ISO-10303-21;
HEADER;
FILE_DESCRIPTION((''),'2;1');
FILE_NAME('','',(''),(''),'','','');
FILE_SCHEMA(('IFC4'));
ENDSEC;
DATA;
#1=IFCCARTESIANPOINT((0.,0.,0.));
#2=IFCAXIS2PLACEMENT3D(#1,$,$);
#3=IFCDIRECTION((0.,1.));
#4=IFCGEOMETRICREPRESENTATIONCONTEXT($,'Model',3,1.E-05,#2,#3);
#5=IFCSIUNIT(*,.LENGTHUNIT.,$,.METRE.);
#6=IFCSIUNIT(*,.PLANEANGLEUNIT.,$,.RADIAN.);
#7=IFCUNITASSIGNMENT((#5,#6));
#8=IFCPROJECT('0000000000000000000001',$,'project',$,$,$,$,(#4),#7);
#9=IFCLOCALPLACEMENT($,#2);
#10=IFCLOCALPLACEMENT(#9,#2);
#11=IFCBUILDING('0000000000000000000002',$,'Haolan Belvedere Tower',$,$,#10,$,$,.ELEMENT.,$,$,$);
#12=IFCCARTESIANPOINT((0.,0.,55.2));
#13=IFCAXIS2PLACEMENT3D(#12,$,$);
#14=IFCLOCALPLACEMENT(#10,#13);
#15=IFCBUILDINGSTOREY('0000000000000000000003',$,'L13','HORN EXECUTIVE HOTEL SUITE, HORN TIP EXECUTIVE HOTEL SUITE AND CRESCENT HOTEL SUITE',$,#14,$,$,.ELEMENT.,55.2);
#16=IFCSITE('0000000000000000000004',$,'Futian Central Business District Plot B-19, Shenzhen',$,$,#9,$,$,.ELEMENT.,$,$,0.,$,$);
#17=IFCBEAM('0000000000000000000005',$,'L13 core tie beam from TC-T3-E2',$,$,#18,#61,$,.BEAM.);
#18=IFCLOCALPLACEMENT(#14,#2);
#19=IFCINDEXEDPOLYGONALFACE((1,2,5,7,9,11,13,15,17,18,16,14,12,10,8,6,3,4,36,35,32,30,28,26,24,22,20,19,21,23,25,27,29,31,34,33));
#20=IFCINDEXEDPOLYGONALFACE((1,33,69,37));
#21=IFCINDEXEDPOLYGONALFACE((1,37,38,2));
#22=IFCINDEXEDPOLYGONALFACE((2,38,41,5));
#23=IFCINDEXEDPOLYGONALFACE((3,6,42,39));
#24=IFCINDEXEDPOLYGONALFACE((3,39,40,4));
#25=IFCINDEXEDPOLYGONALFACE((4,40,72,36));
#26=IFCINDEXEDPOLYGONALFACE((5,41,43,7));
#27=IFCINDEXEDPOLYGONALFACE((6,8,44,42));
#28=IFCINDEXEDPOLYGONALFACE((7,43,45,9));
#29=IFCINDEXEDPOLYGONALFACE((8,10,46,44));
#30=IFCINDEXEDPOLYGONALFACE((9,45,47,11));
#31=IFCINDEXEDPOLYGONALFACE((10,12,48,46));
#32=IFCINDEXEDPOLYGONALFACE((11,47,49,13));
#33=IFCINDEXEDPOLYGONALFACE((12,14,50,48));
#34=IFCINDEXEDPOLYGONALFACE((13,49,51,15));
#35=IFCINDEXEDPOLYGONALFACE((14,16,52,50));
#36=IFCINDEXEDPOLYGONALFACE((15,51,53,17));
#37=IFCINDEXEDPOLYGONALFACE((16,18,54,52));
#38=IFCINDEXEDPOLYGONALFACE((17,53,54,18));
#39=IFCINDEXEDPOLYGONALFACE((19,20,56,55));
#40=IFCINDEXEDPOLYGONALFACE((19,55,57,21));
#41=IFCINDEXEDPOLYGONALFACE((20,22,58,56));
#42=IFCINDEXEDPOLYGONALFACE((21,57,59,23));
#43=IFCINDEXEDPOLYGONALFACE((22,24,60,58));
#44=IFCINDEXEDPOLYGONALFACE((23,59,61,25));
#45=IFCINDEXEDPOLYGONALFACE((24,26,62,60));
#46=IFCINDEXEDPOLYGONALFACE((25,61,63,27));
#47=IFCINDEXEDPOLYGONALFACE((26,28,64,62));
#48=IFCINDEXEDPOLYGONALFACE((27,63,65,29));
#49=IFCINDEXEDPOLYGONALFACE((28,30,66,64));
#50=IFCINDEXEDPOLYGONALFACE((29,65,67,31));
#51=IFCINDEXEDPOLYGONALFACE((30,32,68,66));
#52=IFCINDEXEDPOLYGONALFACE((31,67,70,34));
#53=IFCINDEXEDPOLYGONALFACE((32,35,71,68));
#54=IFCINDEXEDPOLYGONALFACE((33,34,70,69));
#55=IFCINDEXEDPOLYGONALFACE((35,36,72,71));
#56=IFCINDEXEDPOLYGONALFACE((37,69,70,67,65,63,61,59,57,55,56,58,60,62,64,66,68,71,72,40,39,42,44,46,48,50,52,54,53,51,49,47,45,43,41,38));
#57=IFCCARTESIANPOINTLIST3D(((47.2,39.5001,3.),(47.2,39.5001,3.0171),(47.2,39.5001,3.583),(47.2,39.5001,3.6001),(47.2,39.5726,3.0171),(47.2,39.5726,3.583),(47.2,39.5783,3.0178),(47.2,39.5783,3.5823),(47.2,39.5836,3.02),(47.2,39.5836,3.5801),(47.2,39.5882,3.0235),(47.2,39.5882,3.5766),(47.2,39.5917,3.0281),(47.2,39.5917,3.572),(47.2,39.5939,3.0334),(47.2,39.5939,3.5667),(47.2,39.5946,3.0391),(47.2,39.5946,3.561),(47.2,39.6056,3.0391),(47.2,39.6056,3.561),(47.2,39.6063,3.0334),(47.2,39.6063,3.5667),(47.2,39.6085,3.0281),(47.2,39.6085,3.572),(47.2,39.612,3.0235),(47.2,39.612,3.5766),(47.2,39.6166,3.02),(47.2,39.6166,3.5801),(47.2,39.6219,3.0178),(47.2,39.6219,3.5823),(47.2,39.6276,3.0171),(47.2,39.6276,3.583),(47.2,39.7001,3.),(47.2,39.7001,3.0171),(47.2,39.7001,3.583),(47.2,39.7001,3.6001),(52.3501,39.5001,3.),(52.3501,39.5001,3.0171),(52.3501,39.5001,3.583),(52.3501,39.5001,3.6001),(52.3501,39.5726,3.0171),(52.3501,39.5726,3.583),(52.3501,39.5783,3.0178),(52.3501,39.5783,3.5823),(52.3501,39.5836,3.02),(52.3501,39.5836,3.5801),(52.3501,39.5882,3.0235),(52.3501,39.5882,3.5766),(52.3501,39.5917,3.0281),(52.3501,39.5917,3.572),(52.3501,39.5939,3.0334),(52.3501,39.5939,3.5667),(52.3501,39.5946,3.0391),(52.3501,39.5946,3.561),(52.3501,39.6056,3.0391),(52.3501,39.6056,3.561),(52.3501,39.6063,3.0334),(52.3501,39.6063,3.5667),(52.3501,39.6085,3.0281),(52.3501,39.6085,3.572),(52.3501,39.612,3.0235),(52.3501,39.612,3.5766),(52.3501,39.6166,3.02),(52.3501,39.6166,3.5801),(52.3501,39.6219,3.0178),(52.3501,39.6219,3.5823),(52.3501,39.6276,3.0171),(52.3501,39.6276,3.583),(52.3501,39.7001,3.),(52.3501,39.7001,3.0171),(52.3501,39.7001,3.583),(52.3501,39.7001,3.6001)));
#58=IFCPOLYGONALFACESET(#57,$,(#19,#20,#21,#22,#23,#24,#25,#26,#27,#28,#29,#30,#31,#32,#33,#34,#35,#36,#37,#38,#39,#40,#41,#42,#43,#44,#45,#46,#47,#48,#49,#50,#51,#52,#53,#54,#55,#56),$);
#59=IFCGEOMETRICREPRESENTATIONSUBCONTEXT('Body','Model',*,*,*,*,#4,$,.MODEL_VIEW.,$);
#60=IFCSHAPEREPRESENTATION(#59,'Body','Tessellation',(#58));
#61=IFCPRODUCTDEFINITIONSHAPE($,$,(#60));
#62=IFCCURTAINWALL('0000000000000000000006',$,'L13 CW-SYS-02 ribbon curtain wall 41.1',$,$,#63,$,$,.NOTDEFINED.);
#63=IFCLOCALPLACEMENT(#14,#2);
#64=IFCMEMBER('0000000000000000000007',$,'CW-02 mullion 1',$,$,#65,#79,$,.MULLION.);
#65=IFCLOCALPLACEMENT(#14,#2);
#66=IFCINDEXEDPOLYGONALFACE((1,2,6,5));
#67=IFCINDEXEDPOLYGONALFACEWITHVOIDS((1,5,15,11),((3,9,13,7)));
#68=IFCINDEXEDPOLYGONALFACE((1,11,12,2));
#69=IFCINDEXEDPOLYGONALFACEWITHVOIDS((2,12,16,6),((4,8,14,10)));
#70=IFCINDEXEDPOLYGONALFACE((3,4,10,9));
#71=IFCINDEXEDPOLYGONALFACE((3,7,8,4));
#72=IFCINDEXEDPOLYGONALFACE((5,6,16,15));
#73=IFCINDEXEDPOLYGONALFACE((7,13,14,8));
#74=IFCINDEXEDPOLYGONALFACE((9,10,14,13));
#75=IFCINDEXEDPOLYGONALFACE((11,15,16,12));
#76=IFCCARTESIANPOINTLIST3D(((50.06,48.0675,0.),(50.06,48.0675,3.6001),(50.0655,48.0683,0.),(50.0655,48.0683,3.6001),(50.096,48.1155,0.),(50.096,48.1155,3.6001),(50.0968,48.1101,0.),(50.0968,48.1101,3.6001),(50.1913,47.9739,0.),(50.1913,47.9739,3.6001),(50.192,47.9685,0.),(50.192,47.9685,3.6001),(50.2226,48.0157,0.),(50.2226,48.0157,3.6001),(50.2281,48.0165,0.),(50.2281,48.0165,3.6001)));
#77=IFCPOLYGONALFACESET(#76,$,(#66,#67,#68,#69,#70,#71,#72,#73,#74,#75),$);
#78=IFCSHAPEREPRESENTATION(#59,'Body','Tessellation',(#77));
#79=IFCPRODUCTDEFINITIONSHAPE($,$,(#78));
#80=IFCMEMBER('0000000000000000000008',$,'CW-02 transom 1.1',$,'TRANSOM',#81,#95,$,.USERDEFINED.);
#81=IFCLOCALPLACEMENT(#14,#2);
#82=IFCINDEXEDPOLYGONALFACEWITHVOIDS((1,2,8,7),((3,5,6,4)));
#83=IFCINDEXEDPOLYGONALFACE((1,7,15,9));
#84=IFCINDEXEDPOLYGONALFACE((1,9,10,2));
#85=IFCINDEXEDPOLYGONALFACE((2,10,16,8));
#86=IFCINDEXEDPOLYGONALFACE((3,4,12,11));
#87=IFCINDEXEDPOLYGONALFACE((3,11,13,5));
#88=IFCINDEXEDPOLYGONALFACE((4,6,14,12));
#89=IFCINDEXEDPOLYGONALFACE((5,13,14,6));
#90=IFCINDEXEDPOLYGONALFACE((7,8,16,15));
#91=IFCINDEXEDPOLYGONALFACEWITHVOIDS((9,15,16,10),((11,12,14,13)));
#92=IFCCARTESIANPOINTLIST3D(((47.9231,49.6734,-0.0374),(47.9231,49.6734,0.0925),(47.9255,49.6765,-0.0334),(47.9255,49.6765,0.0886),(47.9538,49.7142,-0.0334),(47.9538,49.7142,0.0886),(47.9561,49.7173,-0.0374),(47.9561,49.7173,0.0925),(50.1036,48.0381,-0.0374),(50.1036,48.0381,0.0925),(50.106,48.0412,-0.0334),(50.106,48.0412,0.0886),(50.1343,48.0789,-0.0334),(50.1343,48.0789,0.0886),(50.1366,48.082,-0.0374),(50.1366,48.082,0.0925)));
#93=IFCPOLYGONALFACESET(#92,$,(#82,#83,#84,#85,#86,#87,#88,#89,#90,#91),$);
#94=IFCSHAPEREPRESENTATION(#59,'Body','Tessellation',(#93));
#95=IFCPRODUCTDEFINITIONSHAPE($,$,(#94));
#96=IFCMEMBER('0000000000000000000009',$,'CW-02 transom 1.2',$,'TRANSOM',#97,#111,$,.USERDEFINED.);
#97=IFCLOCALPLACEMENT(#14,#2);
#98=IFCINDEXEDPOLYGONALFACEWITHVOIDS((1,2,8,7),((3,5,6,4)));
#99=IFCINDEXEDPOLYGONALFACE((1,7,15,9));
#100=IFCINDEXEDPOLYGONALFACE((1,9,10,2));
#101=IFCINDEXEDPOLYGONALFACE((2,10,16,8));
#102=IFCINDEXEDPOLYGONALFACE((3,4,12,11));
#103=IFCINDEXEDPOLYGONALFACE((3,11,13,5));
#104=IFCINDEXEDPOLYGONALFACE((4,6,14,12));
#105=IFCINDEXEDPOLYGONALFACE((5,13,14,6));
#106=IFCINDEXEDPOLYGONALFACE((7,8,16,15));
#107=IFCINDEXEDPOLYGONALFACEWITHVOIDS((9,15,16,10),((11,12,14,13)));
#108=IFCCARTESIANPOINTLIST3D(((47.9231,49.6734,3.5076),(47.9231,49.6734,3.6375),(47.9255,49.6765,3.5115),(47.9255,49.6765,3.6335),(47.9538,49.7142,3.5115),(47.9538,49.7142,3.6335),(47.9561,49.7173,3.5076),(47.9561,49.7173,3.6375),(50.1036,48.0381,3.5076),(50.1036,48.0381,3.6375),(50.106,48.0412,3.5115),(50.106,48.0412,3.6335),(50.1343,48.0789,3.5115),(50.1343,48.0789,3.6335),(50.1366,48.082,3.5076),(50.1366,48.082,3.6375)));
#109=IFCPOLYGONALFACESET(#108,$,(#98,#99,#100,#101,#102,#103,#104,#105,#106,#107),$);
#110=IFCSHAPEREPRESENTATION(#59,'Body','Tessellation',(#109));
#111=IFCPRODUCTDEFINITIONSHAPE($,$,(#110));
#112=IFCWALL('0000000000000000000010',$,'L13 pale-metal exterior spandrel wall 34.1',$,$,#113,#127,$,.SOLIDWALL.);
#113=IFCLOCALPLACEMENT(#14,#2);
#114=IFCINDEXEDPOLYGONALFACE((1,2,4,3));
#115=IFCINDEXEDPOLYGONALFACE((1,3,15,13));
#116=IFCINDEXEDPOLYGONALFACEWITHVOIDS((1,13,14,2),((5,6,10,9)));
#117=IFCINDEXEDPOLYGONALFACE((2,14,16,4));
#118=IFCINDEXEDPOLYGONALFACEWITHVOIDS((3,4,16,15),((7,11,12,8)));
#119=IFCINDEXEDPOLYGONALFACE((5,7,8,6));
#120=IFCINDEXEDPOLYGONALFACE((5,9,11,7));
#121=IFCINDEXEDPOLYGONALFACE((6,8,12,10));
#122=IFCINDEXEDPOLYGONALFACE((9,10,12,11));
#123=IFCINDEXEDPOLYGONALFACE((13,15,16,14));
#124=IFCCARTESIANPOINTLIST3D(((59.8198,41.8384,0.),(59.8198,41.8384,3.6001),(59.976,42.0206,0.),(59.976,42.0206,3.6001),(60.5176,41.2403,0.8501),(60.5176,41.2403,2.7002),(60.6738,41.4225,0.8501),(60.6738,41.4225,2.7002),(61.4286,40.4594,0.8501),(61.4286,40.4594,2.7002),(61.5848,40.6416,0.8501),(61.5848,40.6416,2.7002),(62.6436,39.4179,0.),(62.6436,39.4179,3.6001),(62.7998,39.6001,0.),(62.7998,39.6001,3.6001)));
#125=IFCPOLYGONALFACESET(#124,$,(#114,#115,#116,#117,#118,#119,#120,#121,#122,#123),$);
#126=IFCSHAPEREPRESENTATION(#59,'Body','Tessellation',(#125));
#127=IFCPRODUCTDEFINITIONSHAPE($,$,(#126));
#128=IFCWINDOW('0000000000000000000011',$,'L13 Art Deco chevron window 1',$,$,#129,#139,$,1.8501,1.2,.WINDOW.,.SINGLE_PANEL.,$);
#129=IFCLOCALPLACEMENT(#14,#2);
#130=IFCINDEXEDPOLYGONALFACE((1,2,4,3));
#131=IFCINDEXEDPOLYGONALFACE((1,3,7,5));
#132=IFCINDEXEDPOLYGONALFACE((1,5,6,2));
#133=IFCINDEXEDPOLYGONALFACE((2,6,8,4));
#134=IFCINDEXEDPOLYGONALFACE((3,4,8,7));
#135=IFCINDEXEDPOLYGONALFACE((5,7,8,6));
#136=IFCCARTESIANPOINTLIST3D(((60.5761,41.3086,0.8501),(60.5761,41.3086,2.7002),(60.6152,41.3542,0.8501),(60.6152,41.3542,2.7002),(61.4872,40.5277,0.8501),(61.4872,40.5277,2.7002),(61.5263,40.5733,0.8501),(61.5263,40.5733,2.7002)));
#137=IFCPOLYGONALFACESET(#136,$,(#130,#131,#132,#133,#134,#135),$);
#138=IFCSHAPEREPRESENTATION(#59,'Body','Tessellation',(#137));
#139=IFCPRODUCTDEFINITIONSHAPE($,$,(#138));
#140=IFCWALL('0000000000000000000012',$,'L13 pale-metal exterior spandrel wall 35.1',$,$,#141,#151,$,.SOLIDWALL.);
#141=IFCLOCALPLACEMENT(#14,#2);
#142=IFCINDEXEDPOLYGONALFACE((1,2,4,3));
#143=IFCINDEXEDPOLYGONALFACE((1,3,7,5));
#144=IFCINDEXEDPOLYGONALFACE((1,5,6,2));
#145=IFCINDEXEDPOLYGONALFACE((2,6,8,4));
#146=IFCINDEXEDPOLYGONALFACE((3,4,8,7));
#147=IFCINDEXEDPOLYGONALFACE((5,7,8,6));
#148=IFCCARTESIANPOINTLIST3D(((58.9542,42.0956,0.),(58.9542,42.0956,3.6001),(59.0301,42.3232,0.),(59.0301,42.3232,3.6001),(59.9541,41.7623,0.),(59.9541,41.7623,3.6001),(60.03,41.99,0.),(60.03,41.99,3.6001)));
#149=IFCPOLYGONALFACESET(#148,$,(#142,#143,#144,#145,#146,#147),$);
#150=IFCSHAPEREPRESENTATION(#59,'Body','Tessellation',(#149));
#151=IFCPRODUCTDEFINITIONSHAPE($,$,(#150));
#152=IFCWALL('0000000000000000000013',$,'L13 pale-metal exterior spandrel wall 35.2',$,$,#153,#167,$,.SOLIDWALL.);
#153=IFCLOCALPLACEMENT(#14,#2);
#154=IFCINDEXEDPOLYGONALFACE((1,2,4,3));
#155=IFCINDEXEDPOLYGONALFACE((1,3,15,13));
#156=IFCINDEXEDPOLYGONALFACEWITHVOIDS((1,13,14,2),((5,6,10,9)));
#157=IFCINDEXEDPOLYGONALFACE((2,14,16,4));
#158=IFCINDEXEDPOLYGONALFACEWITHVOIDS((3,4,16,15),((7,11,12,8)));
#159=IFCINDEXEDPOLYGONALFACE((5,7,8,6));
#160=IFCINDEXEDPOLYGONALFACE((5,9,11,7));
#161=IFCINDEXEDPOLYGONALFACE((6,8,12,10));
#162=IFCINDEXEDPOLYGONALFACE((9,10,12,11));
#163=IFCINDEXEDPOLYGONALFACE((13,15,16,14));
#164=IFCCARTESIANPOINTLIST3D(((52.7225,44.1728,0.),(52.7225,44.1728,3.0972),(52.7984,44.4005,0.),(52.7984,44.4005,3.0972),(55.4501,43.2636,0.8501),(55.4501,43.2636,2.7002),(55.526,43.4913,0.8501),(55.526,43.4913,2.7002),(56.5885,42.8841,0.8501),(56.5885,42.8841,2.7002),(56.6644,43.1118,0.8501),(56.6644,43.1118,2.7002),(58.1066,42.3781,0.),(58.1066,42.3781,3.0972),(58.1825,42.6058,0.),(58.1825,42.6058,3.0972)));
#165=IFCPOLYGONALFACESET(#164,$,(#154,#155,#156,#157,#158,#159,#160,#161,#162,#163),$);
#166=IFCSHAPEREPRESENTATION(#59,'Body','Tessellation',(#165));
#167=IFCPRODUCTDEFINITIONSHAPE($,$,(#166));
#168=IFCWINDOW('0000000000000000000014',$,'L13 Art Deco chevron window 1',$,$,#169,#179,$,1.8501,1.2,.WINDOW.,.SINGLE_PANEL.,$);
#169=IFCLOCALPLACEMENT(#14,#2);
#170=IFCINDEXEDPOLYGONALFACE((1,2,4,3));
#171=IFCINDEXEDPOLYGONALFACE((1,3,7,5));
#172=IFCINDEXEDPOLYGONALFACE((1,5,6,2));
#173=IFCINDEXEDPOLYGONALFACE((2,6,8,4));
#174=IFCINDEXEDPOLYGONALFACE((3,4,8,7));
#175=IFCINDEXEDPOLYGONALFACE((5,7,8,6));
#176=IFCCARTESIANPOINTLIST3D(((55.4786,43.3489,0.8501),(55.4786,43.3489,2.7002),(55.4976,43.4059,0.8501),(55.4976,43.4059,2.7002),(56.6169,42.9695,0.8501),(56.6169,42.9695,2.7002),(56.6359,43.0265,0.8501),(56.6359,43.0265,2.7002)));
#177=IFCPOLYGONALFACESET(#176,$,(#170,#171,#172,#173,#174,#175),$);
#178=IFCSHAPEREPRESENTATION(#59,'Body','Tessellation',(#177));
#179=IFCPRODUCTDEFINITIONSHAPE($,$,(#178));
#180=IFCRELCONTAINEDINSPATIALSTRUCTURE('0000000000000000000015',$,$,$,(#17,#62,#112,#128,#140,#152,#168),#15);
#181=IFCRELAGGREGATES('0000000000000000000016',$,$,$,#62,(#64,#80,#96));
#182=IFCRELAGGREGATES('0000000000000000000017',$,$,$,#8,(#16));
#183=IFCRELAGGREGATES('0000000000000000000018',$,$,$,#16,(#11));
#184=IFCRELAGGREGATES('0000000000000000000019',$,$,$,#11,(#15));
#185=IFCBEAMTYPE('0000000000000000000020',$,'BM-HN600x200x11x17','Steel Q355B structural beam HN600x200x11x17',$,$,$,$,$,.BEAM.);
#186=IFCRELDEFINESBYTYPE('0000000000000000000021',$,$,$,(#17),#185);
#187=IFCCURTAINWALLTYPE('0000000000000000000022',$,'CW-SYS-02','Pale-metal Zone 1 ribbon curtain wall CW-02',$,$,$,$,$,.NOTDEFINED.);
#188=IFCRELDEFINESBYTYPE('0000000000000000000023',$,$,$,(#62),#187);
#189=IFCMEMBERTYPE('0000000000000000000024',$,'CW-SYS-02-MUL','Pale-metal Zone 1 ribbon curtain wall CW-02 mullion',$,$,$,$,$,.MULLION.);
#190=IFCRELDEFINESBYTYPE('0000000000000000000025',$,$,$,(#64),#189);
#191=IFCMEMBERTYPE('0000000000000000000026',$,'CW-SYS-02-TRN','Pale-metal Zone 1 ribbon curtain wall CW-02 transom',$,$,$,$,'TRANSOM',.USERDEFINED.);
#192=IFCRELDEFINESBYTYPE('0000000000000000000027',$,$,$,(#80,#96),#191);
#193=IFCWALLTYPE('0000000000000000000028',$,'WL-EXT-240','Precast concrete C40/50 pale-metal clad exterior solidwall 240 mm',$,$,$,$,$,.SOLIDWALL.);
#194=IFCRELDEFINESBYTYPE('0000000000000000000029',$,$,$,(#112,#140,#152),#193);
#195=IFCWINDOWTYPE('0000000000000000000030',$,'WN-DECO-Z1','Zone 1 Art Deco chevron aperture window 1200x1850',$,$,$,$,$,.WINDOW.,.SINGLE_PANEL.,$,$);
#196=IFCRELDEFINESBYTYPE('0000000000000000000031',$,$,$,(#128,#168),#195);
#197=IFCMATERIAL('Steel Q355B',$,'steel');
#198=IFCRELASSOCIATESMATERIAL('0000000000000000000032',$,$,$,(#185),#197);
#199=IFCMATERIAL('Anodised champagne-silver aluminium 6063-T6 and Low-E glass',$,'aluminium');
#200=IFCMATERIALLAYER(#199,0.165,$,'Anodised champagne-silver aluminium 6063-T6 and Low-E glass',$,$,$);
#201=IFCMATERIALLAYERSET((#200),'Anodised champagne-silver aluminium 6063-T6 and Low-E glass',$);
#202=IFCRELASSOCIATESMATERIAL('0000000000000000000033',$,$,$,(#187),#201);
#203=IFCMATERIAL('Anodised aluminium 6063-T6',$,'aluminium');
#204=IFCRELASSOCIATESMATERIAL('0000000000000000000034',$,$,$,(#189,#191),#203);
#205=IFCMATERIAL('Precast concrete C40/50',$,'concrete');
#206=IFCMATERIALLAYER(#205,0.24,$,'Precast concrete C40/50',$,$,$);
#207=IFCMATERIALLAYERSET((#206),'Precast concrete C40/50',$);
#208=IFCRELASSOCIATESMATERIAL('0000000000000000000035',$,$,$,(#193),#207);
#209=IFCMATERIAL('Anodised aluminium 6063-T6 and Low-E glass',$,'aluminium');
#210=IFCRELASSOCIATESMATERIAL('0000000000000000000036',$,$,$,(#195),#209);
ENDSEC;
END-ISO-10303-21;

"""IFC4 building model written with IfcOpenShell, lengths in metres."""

from ifc_helpers import new_model, si_unit, direction, frame, frame_2d, origin, origin_2d, place, context, subcontext, project, spatial, rectangle, hollow_rectangle, i_section, extrude, material, layer, layer_set, material_profile, profile_set, type_object, element, fill, aggregate, save


model = new_model("IFC4")

# Units and contexts
model_context = context("Model", 3, precision=1e-05, world=origin(), true_north=direction((0.0, 1.0)))
body_context = subcontext(model_context, "Body", "Model", "MODEL_VIEW")
ifc_project = project(units=[si_unit("LENGTHUNIT", "METRE"), si_unit("PLANEANGLEUNIT", "RADIAN")], contexts=[model_context])

# Site, building, storey
site_placement = place(None, origin())
site = spatial("IfcSite", under=ifc_project, at=site_placement, Name="Futian Central Business District Plot B-19, Shenzhen", CompositionType="ELEMENT", RefElevation=0.0)
building_placement = place(site_placement, origin())
building = spatial("IfcBuilding", under=site, at=building_placement, Name="Haolan Belvedere Tower", CompositionType="ELEMENT")
storey_placement = place(building_placement, frame((0.0, 0.0, 55.2)))
storey = spatial("IfcBuildingStorey", under=building, at=storey_placement, Name="L13", Description="HORN EXECUTIVE HOTEL SUITE, HORN TIP EXECUTIVE HOTEL SUITE AND CRESCENT HOTEL SUITE", CompositionType="ELEMENT", Elevation=55.2)

# Shared definitions
ifc_material_1 = material(Name="Steel Q355B", Category="steel")

# Beam
ifc_material_profile_1 = material_profile(ifc_material_1, i_section(OverallWidth=0.2, OverallDepth=0.6001, WebThickness=0.011, FlangeThickness=0.0171, FilletRadius=0.022, at=origin_2d()), Name="Steel Q355B")
ifc_profile_set_1 = profile_set([ifc_material_profile_1], Name="Steel Q355B")
beam_type_1 = type_object("IfcBeamType", Name="BM-HN600x200x11x17", Description="Steel Q355B structural beam HN600x200x11x17", PredefinedType="BEAM", material=ifc_profile_set_1)
beam_1_placement = place(storey_placement, frame((52.3501, 39.6001, 3.3), z_axis=(-1.0, 0.0, 0.0), x_axis=(0.0, -1.0, 0.0)))
element("IfcBeam", 1, at=beam_1_placement, inside=storey, type_object=beam_type_1, Name="L13 core tie beam from TC-T3-E2", PredefinedType="BEAM", context=body_context, shape_type="SweptSolid", body=[
    extrude(i_section(OverallWidth=0.2, OverallDepth=0.6001, WebThickness=0.011, FlangeThickness=0.0171, FilletRadius=0.022, at=origin_2d()), origin(), (0.0, 0.0, 1.0), 5.1501),
])

# Curtain wall, members
ifc_material_2 = material(Name="Anodised champagne-silver aluminium 6063-T6 and Low-E glass", Category="aluminium")
ifc_layer_1 = layer(ifc_material_2, 0.165, Name="Anodised champagne-silver aluminium 6063-T6 and Low-E glass")
ifc_layer_set_1 = layer_set([ifc_layer_1], Name="Anodised champagne-silver aluminium 6063-T6 and Low-E glass")
curtain_wall_type = type_object("IfcCurtainWallType", Name="CW-SYS-02", Description="Pale-metal Zone 1 ribbon curtain wall CW-02", PredefinedType="NOTDEFINED", material=ifc_layer_set_1)
curtain_wall_placement = place(storey_placement, origin())
curtain_wall = element("IfcCurtainWall", 2, at=curtain_wall_placement, inside=storey, type_object=curtain_wall_type, Name="L13 CW-SYS-02 ribbon curtain wall 41.1", PredefinedType="NOTDEFINED")
ifc_material_3 = material(Name="Anodised aluminium 6063-T6", Category="aluminium")
ifc_material_profile_2 = material_profile(ifc_material_3, hollow_rectangle(XDim=0.0601, YDim=0.165, WallThickness=0.0039, at=origin_2d()), Name="Anodised aluminium 6063-T6")
ifc_profile_set_2 = profile_set([ifc_material_profile_2], Name="Anodised aluminium 6063-T6")
member_type_1 = type_object("IfcMemberType", Name="CW-SYS-02-MUL", Description="Pale-metal Zone 1 ribbon curtain wall CW-02 mullion", PredefinedType="MULLION", material=ifc_profile_set_2)
member_1_placement = place(storey_placement, frame((50.144, 48.042, 0.0), z_axis=(0.0, 0.0, 1.0), x_axis=(-0.599994, -0.800004, 0.0)))
member_1 = element("IfcMember", 3, at=member_1_placement, type_object=member_type_1, Name="CW-02 mullion 1", PredefinedType="MULLION", context=body_context, shape_type="SweptSolid", body=[
    extrude(hollow_rectangle(XDim=0.0601, YDim=0.165, WallThickness=0.0039, at=origin_2d()), origin(), (0.0, 0.0, 1.0), 3.6001),
])
ifc_material_profile_3 = material_profile(ifc_material_3, hollow_rectangle(XDim=0.0549, YDim=0.1299, WallThickness=0.0039, at=origin_2d()), Name="Anodised aluminium 6063-T6")
ifc_profile_set_3 = profile_set([ifc_material_profile_3], Name="Anodised aluminium 6063-T6")
member_type_2 = type_object("IfcMemberType", Name="CW-SYS-02-TRN", Description="Pale-metal Zone 1 ribbon curtain wall CW-02 transom", ElementType="TRANSOM", PredefinedType="USERDEFINED", material=ifc_profile_set_3)
member_2_placement = place(storey_placement, frame((50.1201, 48.0601, 0.0276), z_axis=(-0.800011, 0.599986, 0.0), x_axis=(-0.599986, -0.800011, 0.0)))
member_2 = element("IfcMember", 4, at=member_2_placement, type_object=member_type_2, Name="CW-02 transom 1.1", ObjectType="TRANSOM", PredefinedType="USERDEFINED", context=body_context, shape_type="SweptSolid", body=[
    extrude(hollow_rectangle(XDim=0.0549, YDim=0.1299, WallThickness=0.0039, at=origin_2d()), origin(), (0.0, 0.0, 1.0), 2.7256),
])
member_3_placement = place(storey_placement, frame((50.1201, 48.0601, 3.5725), z_axis=(-0.800011, 0.599986, 0.0), x_axis=(-0.599986, -0.800011, 0.0)))
member_3 = element("IfcMember", 5, at=member_3_placement, type_object=member_type_2, Name="CW-02 transom 1.2", ObjectType="TRANSOM", PredefinedType="USERDEFINED", context=body_context, shape_type="SweptSolid", body=[
    extrude(hollow_rectangle(XDim=0.0549, YDim=0.1299, WallThickness=0.0039, at=origin_2d()), origin(), (0.0, 0.0, 1.0), 2.7256),
])
aggregate(curtain_wall, [member_1, member_2, member_3])

# Wall, opening, window
ifc_material_4 = material(Name="Precast concrete C40/50", Category="concrete")
ifc_layer_2 = layer(ifc_material_4, 0.24, Name="Precast concrete C40/50")
ifc_layer_set_2 = layer_set([ifc_layer_2], Name="Precast concrete C40/50")
wall_type_1 = type_object("IfcWallType", Name="WL-EXT-240", Description="Precast concrete C40/50 pale-metal clad exterior solidwall 240 mm", PredefinedType="SOLIDWALL", material=ifc_layer_set_2)
wall_1_placement = place(storey_placement, frame((62.7217, 39.509, 0.0), z_axis=(0.0, 0.0, 1.0), x_axis=(-0.759247, 0.650802, 0.0)))
wall_1 = element("IfcWall", 6, at=wall_1_placement, inside=storey, type_object=wall_type_1, Name="L13 pale-metal exterior spandrel wall 34.1", PredefinedType="SOLIDWALL", context=body_context, shape_type="SweptSolid", body=[
    extrude(rectangle(XDim=3.7192, YDim=0.24, at=frame_2d((1.8596, 0.0))), origin(), (0.0, 0.0, 1.0), 3.6001),
])
opening_1_placement = place(wall_1_placement, frame((1.6001, 0.0, 0.8501)))
opening_1 = element("IfcOpeningElement", 7, at=opening_1_placement, cuts=wall_1, PredefinedType="OPENING", context=body_context, shape_type="SweptSolid", body=[
    extrude(rectangle(XDim=1.2, YDim=1.8501, at=frame_2d((0.6001, 0.925))), frame((0.0, 0.1299, 0.0), z_axis=(0.0, -1.0, 0.0), x_axis=(1.0, 0.0, 0.0)), (0.0, 0.0, 1.0), 0.26),
])
ifc_material_5 = material(Name="Anodised aluminium 6063-T6 and Low-E glass", Category="aluminium")
window_type = type_object("IfcWindowType", Name="WN-DECO-Z1", Description="Zone 1 Art Deco chevron aperture window 1200x1850", PartitioningType="SINGLE_PANEL", PredefinedType="WINDOW", material=ifc_material_5)
window_1_placement = place(opening_1_placement, origin())
window_1 = element("IfcWindow", 8, at=window_1_placement, inside=storey, type_object=window_type, Name="L13 Art Deco chevron window 1", OverallHeight=1.8501, OverallWidth=1.2, PartitioningType="SINGLE_PANEL", PredefinedType="WINDOW", context=body_context, shape_type="SweptSolid", body=[
    extrude(rectangle(XDim=1.2, YDim=1.8501, at=frame_2d((0.6001, 0.925))), frame((0.0, 0.03, 0.0), z_axis=(0.0, -1.0, 0.0), x_axis=(1.0, 0.0, 0.0)), (0.0, 0.0, 1.0), 0.0601),
])
fill(opening_1, window_1)

# Wall
wall_2_placement = place(storey_placement, frame((59.9919, 41.8762, 0.0), z_axis=(0.0, 0.0, 1.0), x_axis=(-0.948706, 0.316158, 0.0)))
element("IfcWall", 9, at=wall_2_placement, inside=storey, type_object=wall_type_1, Name="L13 pale-metal exterior spandrel wall 35.1", PredefinedType="SOLIDWALL", context=body_context, shape_type="SweptSolid", body=[
    extrude(rectangle(XDim=1.054, YDim=0.24, at=frame_2d((0.5269, 0.0))), origin(), (0.0, 0.0, 1.0), 3.6001),
])

# Wall, opening, window
wall_3_placement = place(storey_placement, frame((58.1445, 42.4919, 0.0), z_axis=(0.0, 0.0, 1.0), x_axis=(-0.948683, 0.316228, 0.0)))
wall_3 = element("IfcWall", 10, at=wall_3_placement, inside=storey, type_object=wall_type_1, Name="L13 pale-metal exterior spandrel wall 35.2", PredefinedType="SOLIDWALL", context=body_context, shape_type="SweptSolid", body=[
    extrude(rectangle(XDim=5.6753, YDim=0.24, at=frame_2d((2.8376, 0.0))), origin(), (0.0, 0.0, 1.0), 3.0972),
])
opening_2_placement = place(wall_3_placement, frame((1.6001, 0.0, 0.8501)))
opening_2 = element("IfcOpeningElement", 11, at=opening_2_placement, cuts=wall_3, PredefinedType="OPENING", context=body_context, shape_type="SweptSolid", body=[
    extrude(rectangle(XDim=1.2, YDim=1.8501, at=frame_2d((0.6001, 0.925))), frame((0.0, 0.1299, 0.0), z_axis=(0.0, -1.0, 0.0), x_axis=(1.0, 0.0, 0.0)), (0.0, 0.0, 1.0), 0.26),
])
window_2_placement = place(opening_2_placement, origin())
window_2 = element("IfcWindow", 12, at=window_2_placement, inside=storey, type_object=window_type, Name="L13 Art Deco chevron window 1", OverallHeight=1.8501, OverallWidth=1.2, PartitioningType="SINGLE_PANEL", PredefinedType="WINDOW", context=body_context, shape_type="SweptSolid", body=[
    extrude(rectangle(XDim=1.2, YDim=1.8501, at=frame_2d((0.6001, 0.925))), frame((0.0, 0.03, 0.0), z_axis=(0.0, -1.0, 0.0), x_axis=(1.0, 0.0, 0.0)), (0.0, 0.0, 1.0), 0.0601),
])
fill(opening_2, window_2)

save(model, "model.ifc")
